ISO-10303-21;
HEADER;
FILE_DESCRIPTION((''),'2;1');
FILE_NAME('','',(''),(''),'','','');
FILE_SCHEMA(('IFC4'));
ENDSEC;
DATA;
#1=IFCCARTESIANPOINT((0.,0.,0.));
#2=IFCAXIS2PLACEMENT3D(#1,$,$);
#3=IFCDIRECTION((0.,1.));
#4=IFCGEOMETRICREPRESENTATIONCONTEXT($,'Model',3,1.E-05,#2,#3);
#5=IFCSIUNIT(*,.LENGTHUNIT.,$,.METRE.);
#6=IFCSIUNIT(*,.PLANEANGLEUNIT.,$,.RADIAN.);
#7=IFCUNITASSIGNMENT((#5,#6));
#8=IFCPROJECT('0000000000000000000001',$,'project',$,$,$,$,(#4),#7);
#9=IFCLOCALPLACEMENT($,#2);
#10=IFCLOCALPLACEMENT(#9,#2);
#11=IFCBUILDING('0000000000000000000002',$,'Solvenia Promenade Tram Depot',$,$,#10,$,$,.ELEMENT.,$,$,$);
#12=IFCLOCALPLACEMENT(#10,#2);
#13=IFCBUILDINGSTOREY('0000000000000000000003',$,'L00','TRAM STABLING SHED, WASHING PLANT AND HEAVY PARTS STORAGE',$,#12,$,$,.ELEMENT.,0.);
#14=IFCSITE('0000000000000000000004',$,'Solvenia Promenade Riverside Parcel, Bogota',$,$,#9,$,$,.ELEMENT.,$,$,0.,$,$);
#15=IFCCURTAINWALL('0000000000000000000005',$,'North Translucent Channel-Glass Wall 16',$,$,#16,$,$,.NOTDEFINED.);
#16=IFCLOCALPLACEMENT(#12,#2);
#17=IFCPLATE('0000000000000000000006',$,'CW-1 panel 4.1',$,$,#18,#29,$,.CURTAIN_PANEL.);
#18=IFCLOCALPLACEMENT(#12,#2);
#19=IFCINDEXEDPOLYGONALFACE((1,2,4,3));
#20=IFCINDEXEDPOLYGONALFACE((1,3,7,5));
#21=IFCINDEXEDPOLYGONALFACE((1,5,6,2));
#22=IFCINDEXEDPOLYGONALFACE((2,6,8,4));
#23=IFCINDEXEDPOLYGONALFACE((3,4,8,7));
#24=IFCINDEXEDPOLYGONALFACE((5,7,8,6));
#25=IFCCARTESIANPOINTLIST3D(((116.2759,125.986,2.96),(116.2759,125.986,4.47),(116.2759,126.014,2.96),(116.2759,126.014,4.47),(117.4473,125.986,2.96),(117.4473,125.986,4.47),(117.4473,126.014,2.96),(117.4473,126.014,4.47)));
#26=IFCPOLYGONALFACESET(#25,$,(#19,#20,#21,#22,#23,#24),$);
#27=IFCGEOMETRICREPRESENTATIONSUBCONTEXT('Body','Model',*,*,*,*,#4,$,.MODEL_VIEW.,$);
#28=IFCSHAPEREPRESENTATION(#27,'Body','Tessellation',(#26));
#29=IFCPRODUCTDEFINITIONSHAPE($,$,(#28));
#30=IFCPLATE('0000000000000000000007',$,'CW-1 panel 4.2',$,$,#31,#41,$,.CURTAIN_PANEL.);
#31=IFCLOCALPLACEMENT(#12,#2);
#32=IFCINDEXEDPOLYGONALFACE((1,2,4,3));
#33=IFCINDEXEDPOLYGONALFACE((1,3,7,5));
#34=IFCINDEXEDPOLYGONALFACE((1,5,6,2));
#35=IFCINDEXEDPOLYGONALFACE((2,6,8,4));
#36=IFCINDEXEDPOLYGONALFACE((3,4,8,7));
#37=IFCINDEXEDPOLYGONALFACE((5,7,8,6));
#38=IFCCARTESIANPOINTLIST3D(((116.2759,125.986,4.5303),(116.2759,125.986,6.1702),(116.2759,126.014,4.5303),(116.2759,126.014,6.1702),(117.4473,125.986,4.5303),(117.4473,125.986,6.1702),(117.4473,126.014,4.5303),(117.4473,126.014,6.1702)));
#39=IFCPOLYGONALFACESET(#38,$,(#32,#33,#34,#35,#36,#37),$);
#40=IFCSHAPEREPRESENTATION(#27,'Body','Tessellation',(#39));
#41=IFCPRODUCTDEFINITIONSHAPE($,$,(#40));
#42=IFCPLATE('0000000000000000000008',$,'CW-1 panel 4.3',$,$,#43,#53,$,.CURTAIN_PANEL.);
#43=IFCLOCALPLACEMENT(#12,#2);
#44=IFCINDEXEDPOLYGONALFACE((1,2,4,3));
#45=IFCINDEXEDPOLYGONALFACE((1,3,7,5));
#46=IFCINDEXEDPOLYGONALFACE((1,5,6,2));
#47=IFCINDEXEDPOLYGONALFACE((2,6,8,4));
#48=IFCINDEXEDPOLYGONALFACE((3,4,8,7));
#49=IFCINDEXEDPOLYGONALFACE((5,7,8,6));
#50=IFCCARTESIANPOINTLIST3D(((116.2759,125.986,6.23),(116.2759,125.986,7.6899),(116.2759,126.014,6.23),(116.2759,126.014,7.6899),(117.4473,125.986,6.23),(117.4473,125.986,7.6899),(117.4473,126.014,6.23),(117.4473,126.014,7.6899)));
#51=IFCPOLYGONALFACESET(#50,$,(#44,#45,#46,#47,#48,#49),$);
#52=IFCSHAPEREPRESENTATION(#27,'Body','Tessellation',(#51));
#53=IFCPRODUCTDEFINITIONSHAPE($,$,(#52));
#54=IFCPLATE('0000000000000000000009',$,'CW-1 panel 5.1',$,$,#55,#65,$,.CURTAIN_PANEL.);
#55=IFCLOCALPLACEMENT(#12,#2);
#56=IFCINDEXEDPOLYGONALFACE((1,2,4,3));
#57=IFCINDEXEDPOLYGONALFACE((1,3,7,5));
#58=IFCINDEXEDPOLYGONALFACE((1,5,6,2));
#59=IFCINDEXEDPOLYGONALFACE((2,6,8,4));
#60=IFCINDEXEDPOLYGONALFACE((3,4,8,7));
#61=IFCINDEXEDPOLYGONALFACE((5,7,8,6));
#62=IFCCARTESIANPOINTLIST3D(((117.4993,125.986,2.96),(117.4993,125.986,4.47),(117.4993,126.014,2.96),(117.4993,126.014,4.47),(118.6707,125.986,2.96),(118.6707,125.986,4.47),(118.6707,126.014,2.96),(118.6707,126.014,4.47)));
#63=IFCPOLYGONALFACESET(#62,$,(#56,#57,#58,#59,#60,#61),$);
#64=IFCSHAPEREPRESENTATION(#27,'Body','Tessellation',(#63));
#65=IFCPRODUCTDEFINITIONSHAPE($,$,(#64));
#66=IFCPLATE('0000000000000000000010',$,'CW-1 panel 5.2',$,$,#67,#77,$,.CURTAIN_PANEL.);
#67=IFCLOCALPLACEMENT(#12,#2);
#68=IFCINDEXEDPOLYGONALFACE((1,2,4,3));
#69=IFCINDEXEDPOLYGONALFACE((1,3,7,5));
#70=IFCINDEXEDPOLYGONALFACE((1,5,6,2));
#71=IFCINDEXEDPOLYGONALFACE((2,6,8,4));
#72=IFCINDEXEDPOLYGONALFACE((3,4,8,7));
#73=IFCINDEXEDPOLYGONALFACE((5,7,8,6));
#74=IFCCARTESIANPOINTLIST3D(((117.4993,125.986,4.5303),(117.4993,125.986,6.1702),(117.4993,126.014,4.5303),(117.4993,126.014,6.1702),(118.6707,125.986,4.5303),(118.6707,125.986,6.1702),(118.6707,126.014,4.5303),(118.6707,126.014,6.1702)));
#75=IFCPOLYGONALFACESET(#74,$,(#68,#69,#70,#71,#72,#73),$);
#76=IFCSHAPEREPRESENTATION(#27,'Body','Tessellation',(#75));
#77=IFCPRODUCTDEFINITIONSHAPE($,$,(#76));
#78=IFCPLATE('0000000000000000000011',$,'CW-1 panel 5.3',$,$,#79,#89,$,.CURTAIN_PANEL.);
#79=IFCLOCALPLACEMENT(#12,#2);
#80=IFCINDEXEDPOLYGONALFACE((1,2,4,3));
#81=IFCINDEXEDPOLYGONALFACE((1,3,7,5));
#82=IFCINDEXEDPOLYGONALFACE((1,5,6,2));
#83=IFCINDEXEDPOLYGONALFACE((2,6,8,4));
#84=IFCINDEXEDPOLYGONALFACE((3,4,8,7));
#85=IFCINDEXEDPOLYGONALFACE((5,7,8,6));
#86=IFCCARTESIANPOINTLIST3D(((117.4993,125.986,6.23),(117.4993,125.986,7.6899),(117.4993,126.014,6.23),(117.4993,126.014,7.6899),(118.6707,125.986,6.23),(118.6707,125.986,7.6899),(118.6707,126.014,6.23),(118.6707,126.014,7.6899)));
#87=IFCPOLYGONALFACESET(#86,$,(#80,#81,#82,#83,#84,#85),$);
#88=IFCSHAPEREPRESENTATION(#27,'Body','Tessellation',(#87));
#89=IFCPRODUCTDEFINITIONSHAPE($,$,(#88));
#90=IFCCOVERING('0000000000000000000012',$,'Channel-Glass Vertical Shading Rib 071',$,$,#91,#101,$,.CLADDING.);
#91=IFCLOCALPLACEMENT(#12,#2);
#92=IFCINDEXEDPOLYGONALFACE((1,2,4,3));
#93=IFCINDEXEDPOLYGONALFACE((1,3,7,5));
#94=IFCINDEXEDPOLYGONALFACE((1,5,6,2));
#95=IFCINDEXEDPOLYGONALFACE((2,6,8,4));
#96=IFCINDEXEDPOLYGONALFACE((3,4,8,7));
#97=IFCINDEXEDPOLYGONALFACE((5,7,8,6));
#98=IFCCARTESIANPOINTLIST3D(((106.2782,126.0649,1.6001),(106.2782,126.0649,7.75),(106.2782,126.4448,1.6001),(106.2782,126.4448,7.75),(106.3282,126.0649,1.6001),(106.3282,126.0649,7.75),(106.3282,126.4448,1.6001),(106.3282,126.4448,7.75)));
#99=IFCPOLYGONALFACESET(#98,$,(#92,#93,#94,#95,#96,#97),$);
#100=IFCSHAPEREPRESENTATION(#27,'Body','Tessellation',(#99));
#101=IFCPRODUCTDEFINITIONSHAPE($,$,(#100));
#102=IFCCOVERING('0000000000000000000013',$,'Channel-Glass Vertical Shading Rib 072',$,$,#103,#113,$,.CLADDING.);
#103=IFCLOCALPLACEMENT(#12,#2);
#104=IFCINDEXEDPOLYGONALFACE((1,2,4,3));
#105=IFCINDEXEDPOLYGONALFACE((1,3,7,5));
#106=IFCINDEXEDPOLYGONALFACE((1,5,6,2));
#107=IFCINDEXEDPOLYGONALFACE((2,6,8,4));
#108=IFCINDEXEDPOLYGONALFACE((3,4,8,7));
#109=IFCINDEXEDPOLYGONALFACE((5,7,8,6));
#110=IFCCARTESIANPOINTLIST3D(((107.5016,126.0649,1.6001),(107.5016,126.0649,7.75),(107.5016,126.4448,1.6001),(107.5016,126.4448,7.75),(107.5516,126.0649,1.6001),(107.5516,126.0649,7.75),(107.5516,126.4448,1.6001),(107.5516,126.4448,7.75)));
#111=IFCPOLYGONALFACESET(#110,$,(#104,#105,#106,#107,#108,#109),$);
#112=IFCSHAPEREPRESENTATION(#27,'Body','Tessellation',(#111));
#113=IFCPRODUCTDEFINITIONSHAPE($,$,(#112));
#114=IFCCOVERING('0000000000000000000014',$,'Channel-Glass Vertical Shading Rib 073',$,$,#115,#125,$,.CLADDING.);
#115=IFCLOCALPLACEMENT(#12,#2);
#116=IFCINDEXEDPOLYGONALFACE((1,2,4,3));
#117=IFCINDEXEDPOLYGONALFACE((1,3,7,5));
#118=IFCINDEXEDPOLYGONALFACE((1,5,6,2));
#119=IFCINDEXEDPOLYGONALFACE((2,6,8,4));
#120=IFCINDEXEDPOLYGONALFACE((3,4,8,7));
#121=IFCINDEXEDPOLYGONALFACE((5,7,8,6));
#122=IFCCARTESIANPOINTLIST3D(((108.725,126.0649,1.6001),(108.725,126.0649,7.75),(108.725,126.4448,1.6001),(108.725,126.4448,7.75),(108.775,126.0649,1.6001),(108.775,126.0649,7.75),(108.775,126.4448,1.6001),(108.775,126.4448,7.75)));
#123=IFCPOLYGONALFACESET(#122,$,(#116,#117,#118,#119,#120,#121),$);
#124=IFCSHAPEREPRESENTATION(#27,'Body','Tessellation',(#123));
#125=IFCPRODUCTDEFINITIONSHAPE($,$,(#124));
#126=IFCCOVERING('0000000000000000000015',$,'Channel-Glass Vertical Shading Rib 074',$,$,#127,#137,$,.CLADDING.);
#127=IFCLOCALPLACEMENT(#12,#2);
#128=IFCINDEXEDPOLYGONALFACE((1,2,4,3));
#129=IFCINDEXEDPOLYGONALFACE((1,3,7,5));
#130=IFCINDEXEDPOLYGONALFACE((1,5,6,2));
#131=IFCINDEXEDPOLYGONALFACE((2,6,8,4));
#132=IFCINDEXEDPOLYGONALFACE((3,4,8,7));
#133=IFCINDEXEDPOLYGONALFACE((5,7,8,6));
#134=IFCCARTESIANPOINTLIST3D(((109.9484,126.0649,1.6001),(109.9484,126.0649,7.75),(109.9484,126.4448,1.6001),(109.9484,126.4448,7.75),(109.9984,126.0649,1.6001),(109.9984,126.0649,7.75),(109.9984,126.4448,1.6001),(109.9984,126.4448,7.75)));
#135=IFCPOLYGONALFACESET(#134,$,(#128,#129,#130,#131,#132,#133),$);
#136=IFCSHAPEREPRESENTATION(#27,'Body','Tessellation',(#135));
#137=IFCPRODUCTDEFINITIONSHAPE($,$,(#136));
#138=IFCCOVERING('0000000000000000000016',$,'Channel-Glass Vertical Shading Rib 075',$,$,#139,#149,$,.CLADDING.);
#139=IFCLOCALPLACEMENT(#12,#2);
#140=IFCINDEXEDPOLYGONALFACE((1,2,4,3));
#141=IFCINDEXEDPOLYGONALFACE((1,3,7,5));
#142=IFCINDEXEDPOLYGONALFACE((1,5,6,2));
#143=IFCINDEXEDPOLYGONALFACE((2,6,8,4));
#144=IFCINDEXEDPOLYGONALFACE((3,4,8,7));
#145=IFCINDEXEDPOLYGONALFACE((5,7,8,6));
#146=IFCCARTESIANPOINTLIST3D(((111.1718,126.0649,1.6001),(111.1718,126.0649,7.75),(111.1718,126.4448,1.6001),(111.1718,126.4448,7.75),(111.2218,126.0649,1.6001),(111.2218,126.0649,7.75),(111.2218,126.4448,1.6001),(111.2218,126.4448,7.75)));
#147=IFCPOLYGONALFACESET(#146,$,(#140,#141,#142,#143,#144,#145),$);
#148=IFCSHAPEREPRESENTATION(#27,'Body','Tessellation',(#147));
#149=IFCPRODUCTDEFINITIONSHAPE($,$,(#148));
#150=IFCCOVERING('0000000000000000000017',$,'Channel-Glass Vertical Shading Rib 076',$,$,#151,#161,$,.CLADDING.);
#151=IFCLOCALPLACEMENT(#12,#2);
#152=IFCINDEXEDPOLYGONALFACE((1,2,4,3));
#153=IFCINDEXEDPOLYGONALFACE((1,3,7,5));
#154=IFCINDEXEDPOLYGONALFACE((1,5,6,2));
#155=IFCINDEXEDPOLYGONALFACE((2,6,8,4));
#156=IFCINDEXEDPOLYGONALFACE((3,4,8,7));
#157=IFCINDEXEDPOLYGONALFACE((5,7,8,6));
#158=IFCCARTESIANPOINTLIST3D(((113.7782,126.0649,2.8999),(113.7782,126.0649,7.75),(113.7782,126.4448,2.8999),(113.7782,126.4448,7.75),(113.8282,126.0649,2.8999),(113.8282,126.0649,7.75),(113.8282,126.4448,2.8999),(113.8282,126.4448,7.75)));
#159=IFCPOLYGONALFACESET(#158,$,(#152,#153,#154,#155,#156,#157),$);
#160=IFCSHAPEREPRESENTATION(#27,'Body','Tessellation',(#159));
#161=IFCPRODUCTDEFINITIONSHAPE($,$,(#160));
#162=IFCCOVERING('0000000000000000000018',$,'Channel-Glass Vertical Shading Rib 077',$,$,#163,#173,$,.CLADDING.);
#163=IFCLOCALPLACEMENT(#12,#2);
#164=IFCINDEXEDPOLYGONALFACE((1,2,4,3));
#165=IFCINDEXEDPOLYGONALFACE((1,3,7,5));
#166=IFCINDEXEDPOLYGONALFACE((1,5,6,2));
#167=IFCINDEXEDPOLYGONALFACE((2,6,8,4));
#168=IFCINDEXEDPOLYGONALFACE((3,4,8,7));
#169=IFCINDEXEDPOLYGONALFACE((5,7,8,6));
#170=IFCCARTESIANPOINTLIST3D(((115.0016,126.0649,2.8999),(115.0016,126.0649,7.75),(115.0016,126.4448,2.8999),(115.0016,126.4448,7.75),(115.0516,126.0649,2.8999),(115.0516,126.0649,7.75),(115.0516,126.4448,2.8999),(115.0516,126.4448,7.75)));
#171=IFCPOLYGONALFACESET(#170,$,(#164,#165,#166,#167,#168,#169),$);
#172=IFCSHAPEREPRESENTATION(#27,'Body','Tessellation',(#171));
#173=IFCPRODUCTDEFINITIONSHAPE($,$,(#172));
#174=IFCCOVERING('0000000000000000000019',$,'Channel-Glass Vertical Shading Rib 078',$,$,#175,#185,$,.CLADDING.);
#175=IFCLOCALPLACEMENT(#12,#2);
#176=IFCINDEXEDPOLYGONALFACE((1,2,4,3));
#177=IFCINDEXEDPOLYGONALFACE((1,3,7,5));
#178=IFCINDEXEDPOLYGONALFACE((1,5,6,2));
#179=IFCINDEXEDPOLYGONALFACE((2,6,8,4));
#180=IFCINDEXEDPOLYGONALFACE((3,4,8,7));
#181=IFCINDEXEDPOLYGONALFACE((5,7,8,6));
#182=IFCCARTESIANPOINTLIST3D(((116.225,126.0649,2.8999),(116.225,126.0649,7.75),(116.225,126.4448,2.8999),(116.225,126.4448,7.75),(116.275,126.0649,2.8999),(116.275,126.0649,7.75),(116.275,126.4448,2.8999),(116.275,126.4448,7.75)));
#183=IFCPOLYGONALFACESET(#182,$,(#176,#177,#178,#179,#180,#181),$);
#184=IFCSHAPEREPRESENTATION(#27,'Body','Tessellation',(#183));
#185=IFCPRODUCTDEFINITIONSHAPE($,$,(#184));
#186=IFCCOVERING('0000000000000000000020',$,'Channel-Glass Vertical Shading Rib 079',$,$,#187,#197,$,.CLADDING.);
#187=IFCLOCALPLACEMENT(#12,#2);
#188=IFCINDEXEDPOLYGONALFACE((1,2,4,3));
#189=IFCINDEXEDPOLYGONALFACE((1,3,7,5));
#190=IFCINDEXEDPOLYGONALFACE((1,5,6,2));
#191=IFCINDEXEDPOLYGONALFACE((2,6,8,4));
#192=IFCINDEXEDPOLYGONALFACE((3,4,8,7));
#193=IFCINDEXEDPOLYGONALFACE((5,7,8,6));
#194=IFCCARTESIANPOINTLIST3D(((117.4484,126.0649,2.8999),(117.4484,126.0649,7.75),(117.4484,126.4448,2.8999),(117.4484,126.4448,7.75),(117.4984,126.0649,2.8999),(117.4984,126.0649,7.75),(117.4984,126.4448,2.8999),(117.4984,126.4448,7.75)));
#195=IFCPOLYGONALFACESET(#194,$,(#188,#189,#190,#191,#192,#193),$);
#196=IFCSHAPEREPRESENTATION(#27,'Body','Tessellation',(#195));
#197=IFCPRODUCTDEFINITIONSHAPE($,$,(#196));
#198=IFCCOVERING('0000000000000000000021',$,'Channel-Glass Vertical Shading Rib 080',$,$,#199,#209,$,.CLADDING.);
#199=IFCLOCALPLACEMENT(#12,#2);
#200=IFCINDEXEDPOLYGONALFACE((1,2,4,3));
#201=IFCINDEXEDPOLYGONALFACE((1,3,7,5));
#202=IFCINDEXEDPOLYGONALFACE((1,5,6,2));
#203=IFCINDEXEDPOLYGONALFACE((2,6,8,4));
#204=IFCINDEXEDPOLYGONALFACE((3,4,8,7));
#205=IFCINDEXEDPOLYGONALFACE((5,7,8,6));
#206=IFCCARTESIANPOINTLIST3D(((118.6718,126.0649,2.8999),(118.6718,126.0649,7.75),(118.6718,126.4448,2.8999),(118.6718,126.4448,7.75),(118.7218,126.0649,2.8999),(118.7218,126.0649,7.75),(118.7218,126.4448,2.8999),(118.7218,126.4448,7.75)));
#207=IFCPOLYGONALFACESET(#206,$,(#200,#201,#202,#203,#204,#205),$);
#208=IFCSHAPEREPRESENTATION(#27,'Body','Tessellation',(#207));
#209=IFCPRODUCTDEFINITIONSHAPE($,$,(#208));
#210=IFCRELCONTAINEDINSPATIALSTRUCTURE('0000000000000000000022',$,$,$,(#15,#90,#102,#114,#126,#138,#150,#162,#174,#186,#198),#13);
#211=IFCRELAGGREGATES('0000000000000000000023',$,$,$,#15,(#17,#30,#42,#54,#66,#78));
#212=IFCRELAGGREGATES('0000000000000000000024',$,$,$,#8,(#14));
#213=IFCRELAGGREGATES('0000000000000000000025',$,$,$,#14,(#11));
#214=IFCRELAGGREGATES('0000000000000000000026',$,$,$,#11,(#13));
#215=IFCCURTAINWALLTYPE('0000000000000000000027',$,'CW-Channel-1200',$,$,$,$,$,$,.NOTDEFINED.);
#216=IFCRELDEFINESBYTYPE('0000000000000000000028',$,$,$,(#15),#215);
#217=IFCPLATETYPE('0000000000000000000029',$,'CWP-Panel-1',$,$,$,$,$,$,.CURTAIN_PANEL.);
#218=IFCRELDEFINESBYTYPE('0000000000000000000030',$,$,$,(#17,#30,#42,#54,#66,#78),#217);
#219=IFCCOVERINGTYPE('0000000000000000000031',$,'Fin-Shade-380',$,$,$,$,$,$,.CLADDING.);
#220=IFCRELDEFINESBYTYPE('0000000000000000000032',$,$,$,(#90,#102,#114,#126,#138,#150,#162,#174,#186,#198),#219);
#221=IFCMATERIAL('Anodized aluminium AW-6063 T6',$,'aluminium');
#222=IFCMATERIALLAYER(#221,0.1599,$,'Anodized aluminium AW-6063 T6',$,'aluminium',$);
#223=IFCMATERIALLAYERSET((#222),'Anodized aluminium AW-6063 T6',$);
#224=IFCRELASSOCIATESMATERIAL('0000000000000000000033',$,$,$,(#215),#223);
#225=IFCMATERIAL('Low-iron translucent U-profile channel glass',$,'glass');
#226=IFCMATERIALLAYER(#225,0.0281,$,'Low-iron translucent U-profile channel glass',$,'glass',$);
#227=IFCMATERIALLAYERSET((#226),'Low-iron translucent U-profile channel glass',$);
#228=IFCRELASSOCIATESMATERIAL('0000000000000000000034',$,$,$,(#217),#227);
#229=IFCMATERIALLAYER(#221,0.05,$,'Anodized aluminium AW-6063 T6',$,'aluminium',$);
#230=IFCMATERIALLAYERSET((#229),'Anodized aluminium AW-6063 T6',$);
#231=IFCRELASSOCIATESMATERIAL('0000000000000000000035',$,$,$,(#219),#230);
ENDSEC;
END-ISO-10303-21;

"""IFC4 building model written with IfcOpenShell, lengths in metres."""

from ifc_helpers import new_model, si_unit, direction, frame, origin, origin_2d, place, context, subcontext, project, spatial, rectangle, extrude, material, layer, layer_set, type_object, element, aggregate, save


model = new_model("IFC4")

# Units and contexts
model_context = context("Model", 3, precision=1e-05, world=origin(), true_north=direction((0.0, 1.0)))
body_context = subcontext(model_context, "Body", "Model", "MODEL_VIEW")
ifc_project = project(units=[si_unit("LENGTHUNIT", "METRE"), si_unit("PLANEANGLEUNIT", "RADIAN")], contexts=[model_context])

# Site, building, storey
site_placement = place(None, origin())
site = spatial("IfcSite", under=ifc_project, at=site_placement, Name="Solvenia Promenade Riverside Parcel, Bogota", CompositionType="ELEMENT", RefElevation=0.0)
building_placement = place(site_placement, origin())
building = spatial("IfcBuilding", under=site, at=building_placement, Name="Solvenia Promenade Tram Depot", CompositionType="ELEMENT")
storey_placement = place(building_placement, origin())
storey = spatial("IfcBuildingStorey", under=building, at=storey_placement, Name="L00", Description="TRAM STABLING SHED, WASHING PLANT AND HEAVY PARTS STORAGE", CompositionType="ELEMENT", Elevation=0.0)

# Curtain wall, plates
ifc_material_1 = material(Name="Anodized aluminium AW-6063 T6", Category="aluminium")
ifc_layer_1 = layer(ifc_material_1, 0.1599, Name="Anodized aluminium AW-6063 T6", Category="aluminium")
ifc_layer_set_1 = layer_set([ifc_layer_1], Name="Anodized aluminium AW-6063 T6")
curtain_wall_type = type_object("IfcCurtainWallType", Name="CW-Channel-1200", PredefinedType="NOTDEFINED", material=ifc_layer_set_1)
curtain_wall_placement = place(storey_placement, origin())
curtain_wall = element("IfcCurtainWall", 1, at=curtain_wall_placement, inside=storey, type_object=curtain_wall_type, Name="North Translucent Channel-Glass Wall 16", PredefinedType="NOTDEFINED")
ifc_material_2 = material(Name="Low-iron translucent U-profile channel glass", Category="glass")
ifc_layer_2 = layer(ifc_material_2, 0.0281, Name="Low-iron translucent U-profile channel glass", Category="glass")
ifc_layer_set_2 = layer_set([ifc_layer_2], Name="Low-iron translucent U-profile channel glass")
plate_type = type_object("IfcPlateType", Name="CWP-Panel-1", PredefinedType="CURTAIN_PANEL", material=ifc_layer_set_2)
plate_1_placement = place(storey_placement, frame((116.8616, 126.0, 2.96), z_axis=(0.0, 0.0, 1.0), x_axis=(1.0, 0.0, 0.0)))
plate_1 = element("IfcPlate", 2, at=plate_1_placement, type_object=plate_type, Name="CW-1 panel 4.1", PredefinedType="CURTAIN_PANEL", context=body_context, shape_type="SweptSolid", body=[
    extrude(rectangle(XDim=1.1714, YDim=0.0281, at=origin_2d()), origin(), (0.0, 0.0, 1.0), 1.51),
])
plate_2_placement = place(storey_placement, frame((116.8616, 126.0, 4.5303), z_axis=(0.0, 0.0, 1.0), x_axis=(1.0, 0.0, 0.0)))
plate_2 = element("IfcPlate", 3, at=plate_2_placement, type_object=plate_type, Name="CW-1 panel 4.2", PredefinedType="CURTAIN_PANEL", context=body_context, shape_type="SweptSolid", body=[
    extrude(rectangle(XDim=1.1714, YDim=0.0281, at=origin_2d()), origin(), (0.0, 0.0, 1.0), 1.6399),
])
plate_3_placement = place(storey_placement, frame((116.8616, 126.0, 6.23), z_axis=(0.0, 0.0, 1.0), x_axis=(1.0, 0.0, 0.0)))
plate_3 = element("IfcPlate", 4, at=plate_3_placement, type_object=plate_type, Name="CW-1 panel 4.3", PredefinedType="CURTAIN_PANEL", context=body_context, shape_type="SweptSolid", body=[
    extrude(rectangle(XDim=1.1714, YDim=0.0281, at=origin_2d()), origin(), (0.0, 0.0, 1.0), 1.46),
])
plate_4_placement = place(storey_placement, frame((118.085, 126.0, 2.96), z_axis=(0.0, 0.0, 1.0), x_axis=(1.0, 0.0, 0.0)))
plate_4 = element("IfcPlate", 5, at=plate_4_placement, type_object=plate_type, Name="CW-1 panel 5.1", PredefinedType="CURTAIN_PANEL", context=body_context, shape_type="SweptSolid", body=[
    extrude(rectangle(XDim=1.1714, YDim=0.0281, at=origin_2d()), origin(), (0.0, 0.0, 1.0), 1.51),
])
plate_5_placement = place(storey_placement, frame((118.085, 126.0, 4.5303), z_axis=(0.0, 0.0, 1.0), x_axis=(1.0, 0.0, 0.0)))
plate_5 = element("IfcPlate", 6, at=plate_5_placement, type_object=plate_type, Name="CW-1 panel 5.2", PredefinedType="CURTAIN_PANEL", context=body_context, shape_type="SweptSolid", body=[
    extrude(rectangle(XDim=1.1714, YDim=0.0281, at=origin_2d()), origin(), (0.0, 0.0, 1.0), 1.6399),
])
plate_6_placement = place(storey_placement, frame((118.085, 126.0, 6.23), z_axis=(0.0, 0.0, 1.0), x_axis=(1.0, 0.0, 0.0)))
plate_6 = element("IfcPlate", 7, at=plate_6_placement, type_object=plate_type, Name="CW-1 panel 5.3", PredefinedType="CURTAIN_PANEL", context=body_context, shape_type="SweptSolid", body=[
    extrude(rectangle(XDim=1.1714, YDim=0.0281, at=origin_2d()), origin(), (0.0, 0.0, 1.0), 1.46),
])
aggregate(curtain_wall, [plate_1, plate_2, plate_3, plate_4, plate_5, plate_6])

# Coverings
ifc_layer_3 = layer(ifc_material_1, 0.05, Name="Anodized aluminium AW-6063 T6", Category="aluminium")
ifc_layer_set_3 = layer_set([ifc_layer_3], Name="Anodized aluminium AW-6063 T6")
covering_type = type_object("IfcCoveringType", Name="Fin-Shade-380", PredefinedType="CLADDING", material=ifc_layer_set_3)
for number, where, z_axis, x_axis, name in (
    (8, (106.3032, 126.2549, 1.6001), (0.0, 0.0, 1.0), (1.0, 0.0, 0.0), "Channel-Glass Vertical Shading Rib 071"),
    (9, (107.5266, 126.2549, 1.6001), (0.0, 0.0, 1.0), (1.0, 0.0, 0.0), "Channel-Glass Vertical Shading Rib 072"),
    (10, (108.75, 126.2549, 1.6001), (0.0, 0.0, 1.0), (1.0, 0.0, 0.0), "Channel-Glass Vertical Shading Rib 073"),
    (11, (109.9734, 126.2549, 1.6001), (0.0, 0.0, 1.0), (1.0, 0.0, 0.0), "Channel-Glass Vertical Shading Rib 074"),
    (12, (111.1968, 126.2549, 1.6001), (0.0, 0.0, 1.0), (1.0, 0.0, 0.0), "Channel-Glass Vertical Shading Rib 075"),
):
    element("IfcCovering", number, at=place(storey_placement, frame(where, z_axis=z_axis, x_axis=x_axis)), inside=storey, type_object=covering_type, Name=name, PredefinedType="CLADDING", context=body_context, shape_type="SweptSolid", body=[
        extrude(rectangle(XDim=0.05, YDim=0.3799, at=origin_2d()), origin(), (0.0, 0.0, 1.0), 6.1499),
    ])
for number, where, z_axis, x_axis, name in (
    (13, (113.8032, 126.2549, 2.8999), (0.0, 0.0, 1.0), (1.0, 0.0, 0.0), "Channel-Glass Vertical Shading Rib 076"),
    (14, (115.0266, 126.2549, 2.8999), (0.0, 0.0, 1.0), (1.0, 0.0, 0.0), "Channel-Glass Vertical Shading Rib 077"),
    (15, (116.25, 126.2549, 2.8999), (0.0, 0.0, 1.0), (1.0, 0.0, 0.0), "Channel-Glass Vertical Shading Rib 078"),
    (16, (117.4734, 126.2549, 2.8999), (0.0, 0.0, 1.0), (1.0, 0.0, 0.0), "Channel-Glass Vertical Shading Rib 079"),
    (17, (118.6968, 126.2549, 2.8999), (0.0, 0.0, 1.0), (1.0, 0.0, 0.0), "Channel-Glass Vertical Shading Rib 080"),
):
    element("IfcCovering", number, at=place(storey_placement, frame(where, z_axis=z_axis, x_axis=x_axis)), inside=storey, type_object=covering_type, Name=name, PredefinedType="CLADDING", context=body_context, shape_type="SweptSolid", body=[
        extrude(rectangle(XDim=0.05, YDim=0.3799, at=origin_2d()), origin(), (0.0, 0.0, 1.0), 4.8501),
    ])

save(model, "model.ifc")
